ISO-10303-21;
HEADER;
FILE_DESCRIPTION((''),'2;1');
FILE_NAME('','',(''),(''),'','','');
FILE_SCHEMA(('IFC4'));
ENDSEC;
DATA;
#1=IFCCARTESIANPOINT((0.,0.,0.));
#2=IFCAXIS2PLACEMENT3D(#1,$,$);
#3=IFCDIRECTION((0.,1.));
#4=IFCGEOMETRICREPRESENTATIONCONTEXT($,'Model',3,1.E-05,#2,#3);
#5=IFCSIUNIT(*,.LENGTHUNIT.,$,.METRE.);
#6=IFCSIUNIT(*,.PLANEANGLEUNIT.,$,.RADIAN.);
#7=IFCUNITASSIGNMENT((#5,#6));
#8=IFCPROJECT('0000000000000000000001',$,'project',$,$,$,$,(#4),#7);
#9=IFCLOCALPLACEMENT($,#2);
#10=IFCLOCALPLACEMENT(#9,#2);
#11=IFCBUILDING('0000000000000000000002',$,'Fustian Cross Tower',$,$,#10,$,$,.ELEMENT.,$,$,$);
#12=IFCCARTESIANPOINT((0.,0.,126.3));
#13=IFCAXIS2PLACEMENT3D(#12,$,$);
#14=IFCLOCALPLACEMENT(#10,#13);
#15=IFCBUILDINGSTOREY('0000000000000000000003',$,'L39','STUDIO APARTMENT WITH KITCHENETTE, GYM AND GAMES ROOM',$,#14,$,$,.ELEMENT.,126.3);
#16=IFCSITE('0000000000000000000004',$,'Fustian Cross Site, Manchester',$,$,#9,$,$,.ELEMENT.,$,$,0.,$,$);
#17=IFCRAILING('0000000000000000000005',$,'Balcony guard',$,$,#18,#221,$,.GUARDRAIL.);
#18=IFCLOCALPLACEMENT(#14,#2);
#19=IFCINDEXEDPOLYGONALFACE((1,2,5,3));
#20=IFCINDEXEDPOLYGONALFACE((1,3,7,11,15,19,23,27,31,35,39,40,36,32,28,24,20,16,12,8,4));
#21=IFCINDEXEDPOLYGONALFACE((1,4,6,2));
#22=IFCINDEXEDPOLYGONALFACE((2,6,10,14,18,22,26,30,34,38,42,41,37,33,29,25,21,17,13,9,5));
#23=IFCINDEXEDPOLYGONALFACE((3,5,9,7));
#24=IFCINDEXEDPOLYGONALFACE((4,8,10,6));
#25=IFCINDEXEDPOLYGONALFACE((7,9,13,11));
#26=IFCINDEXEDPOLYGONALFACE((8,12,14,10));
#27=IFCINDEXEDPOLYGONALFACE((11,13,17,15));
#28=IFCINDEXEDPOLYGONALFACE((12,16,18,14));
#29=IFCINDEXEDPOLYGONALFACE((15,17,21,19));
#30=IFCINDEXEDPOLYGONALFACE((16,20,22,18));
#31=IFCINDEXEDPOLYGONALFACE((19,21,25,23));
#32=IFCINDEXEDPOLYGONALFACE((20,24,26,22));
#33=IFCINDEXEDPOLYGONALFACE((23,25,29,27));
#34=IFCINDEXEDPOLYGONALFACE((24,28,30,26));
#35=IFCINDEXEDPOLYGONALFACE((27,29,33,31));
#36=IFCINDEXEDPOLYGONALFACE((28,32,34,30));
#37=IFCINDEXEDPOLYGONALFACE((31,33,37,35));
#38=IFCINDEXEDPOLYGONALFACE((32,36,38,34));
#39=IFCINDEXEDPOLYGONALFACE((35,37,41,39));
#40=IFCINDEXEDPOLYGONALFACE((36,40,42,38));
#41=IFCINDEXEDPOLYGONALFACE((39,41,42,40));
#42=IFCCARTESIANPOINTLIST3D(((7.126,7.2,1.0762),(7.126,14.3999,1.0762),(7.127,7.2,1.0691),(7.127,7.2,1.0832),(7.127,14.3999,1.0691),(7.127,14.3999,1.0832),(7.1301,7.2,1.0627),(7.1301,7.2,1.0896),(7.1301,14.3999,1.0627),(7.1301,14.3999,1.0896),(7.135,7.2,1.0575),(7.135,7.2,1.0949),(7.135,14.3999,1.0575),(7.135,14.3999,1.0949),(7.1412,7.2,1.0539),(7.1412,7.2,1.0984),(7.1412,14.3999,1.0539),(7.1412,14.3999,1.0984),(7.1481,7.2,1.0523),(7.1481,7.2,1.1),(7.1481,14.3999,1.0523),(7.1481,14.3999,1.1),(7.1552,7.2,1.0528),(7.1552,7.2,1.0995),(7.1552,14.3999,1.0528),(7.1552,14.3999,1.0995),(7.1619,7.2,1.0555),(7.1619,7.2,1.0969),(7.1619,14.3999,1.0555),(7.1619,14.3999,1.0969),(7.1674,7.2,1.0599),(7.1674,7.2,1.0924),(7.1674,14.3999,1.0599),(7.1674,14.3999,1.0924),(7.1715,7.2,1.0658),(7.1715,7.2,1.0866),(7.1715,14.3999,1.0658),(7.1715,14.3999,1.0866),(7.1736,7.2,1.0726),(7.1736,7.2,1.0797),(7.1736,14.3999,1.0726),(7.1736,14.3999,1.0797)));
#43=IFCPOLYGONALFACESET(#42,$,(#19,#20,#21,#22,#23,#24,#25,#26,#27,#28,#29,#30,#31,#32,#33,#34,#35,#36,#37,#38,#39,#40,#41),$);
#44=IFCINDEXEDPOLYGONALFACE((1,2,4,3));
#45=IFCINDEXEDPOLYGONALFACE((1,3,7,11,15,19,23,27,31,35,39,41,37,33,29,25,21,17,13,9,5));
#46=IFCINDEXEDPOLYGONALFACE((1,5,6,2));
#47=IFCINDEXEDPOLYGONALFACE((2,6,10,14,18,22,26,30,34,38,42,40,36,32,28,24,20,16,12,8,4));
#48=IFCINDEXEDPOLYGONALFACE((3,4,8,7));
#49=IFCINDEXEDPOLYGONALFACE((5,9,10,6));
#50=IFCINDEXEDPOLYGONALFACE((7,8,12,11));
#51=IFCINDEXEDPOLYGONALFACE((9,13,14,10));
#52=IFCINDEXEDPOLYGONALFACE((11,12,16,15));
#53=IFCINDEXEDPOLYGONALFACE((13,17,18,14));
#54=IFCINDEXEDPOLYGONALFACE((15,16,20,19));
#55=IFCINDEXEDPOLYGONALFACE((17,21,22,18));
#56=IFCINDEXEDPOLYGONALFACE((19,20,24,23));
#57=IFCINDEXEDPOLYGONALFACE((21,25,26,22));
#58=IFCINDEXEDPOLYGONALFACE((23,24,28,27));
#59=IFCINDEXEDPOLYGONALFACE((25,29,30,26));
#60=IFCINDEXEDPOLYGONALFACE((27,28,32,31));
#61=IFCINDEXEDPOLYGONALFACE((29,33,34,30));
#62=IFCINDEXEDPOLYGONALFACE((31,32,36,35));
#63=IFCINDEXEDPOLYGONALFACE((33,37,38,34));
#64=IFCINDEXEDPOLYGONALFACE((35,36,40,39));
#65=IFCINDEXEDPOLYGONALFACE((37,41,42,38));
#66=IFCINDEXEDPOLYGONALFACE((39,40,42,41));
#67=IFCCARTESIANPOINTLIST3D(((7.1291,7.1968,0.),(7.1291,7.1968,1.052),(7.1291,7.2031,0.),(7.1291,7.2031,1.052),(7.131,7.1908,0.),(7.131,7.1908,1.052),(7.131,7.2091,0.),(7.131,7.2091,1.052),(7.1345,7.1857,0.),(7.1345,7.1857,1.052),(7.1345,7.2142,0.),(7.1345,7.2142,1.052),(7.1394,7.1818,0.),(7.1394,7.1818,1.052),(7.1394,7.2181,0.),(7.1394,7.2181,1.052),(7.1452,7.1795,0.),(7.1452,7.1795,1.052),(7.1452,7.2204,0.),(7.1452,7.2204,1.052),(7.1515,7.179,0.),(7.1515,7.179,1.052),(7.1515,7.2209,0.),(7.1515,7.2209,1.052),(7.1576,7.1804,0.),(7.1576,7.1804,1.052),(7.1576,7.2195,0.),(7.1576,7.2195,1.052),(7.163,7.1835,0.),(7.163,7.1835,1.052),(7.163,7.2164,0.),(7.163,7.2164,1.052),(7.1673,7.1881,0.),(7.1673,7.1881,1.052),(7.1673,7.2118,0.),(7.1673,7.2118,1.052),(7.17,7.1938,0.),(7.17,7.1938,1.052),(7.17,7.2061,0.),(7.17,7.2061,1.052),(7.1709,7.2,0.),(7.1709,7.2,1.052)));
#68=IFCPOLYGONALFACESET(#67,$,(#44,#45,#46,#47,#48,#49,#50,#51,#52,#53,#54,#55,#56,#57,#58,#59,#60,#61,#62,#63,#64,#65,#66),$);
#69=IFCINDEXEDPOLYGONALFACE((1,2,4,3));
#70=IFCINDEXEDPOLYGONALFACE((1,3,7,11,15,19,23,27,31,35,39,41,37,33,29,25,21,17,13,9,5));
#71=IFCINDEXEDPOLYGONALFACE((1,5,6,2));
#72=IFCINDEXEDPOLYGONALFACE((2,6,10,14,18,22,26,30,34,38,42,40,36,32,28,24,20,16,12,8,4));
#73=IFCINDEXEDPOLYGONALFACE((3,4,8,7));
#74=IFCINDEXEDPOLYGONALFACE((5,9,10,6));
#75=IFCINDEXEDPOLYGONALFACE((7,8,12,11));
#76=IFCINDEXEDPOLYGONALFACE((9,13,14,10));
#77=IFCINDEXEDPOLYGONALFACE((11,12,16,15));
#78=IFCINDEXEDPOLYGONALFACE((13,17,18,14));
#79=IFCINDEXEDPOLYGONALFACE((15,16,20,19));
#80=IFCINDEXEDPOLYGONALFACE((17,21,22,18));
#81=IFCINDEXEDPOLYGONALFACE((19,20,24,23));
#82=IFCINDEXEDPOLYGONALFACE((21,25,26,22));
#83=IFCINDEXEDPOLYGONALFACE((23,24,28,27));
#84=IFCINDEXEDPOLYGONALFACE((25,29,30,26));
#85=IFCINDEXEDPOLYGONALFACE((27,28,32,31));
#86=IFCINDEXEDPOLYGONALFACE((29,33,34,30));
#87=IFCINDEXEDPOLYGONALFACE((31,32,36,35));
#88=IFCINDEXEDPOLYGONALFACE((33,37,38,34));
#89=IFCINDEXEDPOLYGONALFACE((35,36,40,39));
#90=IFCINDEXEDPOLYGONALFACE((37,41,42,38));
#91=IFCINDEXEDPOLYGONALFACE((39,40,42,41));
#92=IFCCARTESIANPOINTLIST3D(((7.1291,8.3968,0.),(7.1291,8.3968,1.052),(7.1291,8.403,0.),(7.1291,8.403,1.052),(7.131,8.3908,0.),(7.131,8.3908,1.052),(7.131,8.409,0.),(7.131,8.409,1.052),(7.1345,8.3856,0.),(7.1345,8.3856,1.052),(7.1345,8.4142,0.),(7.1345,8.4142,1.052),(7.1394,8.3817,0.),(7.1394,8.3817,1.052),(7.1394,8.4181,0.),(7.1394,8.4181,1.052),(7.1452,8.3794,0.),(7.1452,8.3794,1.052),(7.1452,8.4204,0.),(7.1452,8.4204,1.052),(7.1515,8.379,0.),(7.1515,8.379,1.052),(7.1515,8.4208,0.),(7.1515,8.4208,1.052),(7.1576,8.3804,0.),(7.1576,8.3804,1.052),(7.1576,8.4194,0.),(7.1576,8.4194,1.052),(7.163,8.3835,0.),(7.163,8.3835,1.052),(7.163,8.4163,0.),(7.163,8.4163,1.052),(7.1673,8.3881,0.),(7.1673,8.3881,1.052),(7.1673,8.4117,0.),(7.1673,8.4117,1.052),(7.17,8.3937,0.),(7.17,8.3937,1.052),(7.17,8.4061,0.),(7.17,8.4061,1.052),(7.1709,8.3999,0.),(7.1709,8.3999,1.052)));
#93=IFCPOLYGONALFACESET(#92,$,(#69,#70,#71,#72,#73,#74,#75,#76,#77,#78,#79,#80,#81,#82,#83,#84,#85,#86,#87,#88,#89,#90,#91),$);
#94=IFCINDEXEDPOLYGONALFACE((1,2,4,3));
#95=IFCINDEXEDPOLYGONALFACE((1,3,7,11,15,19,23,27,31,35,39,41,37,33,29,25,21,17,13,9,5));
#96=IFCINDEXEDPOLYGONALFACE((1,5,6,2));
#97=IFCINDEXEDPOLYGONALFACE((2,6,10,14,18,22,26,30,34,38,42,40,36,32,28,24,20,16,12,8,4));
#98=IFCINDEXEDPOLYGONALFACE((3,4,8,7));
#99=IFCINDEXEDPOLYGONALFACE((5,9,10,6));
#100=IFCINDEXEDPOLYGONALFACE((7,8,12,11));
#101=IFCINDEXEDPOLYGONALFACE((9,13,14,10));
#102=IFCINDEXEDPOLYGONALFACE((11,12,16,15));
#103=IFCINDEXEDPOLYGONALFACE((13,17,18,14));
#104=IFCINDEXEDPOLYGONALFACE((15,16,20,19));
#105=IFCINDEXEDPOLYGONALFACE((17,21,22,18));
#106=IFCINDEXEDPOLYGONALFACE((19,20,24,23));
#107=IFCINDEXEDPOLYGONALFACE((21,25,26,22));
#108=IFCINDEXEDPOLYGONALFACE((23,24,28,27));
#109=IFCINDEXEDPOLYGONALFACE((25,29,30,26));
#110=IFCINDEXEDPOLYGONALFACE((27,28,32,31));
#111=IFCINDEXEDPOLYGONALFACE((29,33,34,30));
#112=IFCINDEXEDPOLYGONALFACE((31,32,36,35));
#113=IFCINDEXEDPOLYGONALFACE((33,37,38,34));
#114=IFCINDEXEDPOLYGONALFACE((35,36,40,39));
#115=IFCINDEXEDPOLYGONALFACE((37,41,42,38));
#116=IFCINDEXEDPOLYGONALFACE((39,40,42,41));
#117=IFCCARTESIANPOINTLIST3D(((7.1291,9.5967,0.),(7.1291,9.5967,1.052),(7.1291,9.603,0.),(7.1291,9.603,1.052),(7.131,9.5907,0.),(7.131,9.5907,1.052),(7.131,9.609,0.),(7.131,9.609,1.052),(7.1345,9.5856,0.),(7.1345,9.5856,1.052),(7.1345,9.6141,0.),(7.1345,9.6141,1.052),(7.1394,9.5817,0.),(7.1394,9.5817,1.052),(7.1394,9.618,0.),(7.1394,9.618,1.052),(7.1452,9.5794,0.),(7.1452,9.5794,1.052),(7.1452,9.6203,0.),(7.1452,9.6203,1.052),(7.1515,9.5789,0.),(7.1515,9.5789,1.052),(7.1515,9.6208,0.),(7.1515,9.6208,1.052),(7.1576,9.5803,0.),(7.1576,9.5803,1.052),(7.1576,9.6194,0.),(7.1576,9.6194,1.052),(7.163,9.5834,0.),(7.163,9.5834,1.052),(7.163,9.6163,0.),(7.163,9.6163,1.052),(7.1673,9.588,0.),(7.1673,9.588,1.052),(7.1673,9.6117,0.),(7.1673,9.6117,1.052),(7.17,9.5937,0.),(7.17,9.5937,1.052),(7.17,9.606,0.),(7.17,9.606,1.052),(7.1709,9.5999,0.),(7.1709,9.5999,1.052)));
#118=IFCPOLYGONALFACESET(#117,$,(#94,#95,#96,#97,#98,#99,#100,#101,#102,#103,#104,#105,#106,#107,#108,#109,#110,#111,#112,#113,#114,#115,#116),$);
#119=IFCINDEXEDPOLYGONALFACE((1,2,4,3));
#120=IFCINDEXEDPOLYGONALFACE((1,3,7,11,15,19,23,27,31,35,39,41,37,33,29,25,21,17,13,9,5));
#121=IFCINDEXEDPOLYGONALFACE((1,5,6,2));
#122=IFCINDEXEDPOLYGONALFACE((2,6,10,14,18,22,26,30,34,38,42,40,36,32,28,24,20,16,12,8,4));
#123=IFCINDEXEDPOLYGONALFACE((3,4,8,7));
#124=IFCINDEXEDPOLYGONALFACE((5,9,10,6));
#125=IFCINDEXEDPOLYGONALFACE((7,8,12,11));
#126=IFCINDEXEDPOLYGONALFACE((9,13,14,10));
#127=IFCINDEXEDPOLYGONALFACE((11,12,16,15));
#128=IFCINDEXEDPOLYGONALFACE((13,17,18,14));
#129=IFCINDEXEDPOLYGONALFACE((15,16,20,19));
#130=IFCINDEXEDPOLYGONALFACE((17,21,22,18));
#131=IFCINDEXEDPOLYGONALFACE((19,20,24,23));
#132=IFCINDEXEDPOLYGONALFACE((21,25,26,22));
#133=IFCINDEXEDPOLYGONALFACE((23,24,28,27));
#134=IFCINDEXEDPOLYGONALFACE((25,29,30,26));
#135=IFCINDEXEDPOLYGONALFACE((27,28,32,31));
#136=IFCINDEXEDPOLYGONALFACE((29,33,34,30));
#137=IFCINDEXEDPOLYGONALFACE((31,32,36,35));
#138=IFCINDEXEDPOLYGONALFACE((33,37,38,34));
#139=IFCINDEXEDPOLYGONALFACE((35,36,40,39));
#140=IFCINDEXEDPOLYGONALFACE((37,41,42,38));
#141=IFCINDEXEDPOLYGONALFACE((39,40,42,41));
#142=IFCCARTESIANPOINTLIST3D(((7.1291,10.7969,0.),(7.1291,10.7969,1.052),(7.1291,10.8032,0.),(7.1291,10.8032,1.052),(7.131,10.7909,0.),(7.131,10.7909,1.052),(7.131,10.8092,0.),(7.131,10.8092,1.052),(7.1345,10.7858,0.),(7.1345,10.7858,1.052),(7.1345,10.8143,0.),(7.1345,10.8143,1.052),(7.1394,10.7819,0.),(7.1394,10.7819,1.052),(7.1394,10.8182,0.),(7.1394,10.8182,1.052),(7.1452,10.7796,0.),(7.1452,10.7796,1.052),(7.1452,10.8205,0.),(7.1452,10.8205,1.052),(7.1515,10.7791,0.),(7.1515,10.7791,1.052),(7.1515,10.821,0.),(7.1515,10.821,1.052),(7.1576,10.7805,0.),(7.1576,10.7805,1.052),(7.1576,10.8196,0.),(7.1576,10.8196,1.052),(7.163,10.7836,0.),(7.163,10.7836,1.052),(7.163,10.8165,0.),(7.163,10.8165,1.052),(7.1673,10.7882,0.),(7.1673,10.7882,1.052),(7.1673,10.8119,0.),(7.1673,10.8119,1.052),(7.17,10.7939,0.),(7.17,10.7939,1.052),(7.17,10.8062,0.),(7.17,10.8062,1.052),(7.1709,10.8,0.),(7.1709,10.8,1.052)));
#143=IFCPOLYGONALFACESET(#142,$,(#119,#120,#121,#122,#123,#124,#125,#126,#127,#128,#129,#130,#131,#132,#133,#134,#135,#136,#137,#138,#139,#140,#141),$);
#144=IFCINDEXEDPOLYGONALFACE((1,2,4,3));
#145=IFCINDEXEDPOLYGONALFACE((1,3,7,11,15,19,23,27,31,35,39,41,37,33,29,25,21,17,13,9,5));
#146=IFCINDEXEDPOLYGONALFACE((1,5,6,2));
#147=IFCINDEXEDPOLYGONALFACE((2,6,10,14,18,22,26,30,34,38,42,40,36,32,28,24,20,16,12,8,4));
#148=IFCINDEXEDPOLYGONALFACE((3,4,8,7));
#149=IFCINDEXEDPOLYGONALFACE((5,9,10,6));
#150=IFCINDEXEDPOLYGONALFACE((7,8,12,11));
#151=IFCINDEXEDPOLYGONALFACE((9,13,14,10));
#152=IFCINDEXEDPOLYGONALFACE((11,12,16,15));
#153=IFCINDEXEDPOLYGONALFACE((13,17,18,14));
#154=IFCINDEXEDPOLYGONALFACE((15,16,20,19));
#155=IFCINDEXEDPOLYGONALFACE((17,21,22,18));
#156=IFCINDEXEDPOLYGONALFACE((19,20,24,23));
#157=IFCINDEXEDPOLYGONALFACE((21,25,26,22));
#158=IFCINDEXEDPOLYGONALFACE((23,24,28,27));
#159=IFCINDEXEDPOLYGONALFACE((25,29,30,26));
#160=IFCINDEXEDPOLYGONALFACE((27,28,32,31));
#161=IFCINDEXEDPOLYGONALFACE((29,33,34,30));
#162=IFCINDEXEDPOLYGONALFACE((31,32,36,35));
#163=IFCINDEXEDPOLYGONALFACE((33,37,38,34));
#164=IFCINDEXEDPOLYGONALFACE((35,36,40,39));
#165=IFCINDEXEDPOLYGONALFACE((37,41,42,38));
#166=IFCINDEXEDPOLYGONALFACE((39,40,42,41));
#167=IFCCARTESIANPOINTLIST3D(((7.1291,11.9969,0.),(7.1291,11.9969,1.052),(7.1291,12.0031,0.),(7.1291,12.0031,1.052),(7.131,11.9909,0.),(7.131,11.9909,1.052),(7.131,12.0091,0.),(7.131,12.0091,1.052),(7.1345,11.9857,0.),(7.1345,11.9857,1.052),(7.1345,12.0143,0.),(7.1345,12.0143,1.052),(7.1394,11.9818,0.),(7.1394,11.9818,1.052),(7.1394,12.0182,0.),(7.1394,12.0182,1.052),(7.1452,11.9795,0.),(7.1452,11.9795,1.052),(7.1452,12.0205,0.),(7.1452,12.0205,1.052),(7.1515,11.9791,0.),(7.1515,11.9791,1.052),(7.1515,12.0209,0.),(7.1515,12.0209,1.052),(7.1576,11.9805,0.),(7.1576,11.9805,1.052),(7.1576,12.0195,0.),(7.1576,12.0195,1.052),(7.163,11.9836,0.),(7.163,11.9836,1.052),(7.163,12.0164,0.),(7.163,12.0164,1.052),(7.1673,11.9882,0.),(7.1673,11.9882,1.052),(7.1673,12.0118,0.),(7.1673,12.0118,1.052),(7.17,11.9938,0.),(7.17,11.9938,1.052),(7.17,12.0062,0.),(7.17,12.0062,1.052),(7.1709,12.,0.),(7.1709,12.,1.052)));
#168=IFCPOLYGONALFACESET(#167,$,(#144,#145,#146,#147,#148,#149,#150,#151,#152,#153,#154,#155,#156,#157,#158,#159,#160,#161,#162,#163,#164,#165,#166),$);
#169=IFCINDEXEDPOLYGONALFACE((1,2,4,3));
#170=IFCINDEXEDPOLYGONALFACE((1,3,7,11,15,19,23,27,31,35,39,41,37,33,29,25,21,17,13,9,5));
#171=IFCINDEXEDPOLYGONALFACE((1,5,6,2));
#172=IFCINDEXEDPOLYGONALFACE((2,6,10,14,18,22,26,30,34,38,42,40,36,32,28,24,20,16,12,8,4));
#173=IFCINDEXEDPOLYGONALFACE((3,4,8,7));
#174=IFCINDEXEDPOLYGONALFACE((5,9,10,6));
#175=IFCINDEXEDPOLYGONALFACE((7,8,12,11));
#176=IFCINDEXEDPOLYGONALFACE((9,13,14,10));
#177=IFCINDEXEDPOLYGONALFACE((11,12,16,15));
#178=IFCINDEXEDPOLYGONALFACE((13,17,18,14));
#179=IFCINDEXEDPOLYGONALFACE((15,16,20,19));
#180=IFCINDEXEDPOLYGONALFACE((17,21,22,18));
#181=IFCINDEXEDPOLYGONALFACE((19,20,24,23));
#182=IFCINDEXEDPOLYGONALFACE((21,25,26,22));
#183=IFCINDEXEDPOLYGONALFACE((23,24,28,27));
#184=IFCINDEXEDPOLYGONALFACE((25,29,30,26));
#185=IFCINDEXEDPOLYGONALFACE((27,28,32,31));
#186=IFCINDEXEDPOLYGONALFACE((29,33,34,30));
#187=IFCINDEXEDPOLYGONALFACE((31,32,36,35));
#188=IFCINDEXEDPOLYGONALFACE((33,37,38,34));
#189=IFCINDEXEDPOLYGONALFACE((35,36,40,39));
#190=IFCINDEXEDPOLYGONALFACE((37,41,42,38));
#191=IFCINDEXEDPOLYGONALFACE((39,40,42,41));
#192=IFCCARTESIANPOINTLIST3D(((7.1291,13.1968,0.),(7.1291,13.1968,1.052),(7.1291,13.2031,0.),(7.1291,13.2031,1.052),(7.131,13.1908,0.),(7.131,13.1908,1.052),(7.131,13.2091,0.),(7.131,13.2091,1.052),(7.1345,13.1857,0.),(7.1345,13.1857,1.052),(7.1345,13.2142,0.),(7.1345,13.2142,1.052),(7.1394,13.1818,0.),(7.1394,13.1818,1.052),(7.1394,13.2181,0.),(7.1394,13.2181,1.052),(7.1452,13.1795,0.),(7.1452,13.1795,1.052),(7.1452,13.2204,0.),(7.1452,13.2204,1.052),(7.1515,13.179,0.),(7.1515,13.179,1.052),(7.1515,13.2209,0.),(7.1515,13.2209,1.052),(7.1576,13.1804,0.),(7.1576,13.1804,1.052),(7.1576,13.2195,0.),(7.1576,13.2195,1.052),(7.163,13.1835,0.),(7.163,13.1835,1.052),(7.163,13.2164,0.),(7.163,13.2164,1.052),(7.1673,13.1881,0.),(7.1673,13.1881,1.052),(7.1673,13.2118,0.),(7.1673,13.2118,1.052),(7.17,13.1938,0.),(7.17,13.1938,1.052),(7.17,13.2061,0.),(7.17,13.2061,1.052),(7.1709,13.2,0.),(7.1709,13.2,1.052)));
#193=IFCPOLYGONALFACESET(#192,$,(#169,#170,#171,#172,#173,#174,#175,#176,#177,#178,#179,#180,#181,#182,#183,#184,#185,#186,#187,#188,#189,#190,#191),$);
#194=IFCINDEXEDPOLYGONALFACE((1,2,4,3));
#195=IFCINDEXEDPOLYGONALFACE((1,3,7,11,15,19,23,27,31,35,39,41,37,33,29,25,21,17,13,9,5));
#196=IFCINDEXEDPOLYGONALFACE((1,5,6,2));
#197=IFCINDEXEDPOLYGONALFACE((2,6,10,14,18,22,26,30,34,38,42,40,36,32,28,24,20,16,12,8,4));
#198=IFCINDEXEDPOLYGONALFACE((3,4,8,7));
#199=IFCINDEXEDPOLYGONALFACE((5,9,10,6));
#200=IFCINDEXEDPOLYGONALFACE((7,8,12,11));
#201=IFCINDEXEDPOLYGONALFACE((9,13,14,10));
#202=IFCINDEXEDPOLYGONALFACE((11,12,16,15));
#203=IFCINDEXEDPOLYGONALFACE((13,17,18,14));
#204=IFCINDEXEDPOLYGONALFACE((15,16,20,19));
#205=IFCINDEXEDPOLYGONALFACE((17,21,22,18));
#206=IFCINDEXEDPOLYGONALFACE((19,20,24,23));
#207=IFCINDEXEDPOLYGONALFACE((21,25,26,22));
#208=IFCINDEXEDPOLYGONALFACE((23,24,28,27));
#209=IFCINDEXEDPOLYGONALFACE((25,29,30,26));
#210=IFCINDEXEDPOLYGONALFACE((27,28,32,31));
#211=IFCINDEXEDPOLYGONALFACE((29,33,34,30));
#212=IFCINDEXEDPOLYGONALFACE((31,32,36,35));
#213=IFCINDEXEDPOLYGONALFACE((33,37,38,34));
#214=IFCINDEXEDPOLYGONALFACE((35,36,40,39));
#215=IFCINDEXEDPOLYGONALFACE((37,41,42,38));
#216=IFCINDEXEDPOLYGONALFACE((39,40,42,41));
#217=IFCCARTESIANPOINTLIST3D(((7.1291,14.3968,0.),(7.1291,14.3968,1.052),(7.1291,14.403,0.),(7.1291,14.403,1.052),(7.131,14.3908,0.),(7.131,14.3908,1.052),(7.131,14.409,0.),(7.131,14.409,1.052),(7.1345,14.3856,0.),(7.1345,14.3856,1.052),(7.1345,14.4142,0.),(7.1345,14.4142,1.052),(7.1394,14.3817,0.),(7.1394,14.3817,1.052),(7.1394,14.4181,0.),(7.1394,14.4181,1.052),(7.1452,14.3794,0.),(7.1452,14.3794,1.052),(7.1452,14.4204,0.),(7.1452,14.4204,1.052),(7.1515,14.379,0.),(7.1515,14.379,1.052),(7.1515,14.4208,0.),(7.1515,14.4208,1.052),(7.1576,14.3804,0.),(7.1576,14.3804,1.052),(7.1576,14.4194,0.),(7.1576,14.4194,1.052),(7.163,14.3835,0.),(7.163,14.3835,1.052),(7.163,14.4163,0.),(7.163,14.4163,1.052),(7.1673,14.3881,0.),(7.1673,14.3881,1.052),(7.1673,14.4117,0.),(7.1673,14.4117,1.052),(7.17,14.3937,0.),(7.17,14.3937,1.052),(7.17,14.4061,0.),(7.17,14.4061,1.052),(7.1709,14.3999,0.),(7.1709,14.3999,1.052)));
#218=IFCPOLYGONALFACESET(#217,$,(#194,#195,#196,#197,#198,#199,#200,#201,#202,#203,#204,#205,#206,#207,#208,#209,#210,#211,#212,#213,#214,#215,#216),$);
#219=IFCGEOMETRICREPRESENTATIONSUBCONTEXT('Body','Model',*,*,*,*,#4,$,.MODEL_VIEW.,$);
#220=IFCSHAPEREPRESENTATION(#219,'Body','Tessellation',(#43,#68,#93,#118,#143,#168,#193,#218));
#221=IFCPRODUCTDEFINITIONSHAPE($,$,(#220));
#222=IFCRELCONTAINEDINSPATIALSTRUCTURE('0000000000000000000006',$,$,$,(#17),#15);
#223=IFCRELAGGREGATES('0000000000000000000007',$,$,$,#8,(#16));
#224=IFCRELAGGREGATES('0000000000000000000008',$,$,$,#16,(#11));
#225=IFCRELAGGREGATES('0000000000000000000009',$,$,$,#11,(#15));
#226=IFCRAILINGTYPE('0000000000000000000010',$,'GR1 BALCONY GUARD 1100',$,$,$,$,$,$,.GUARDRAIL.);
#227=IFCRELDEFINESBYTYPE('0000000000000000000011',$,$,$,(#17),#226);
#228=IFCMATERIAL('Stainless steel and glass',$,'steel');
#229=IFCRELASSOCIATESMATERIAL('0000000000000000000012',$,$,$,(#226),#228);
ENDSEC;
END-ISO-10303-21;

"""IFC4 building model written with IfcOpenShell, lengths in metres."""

from ifc_helpers import new_model, si_unit, direction, frame, origin, origin_2d, place, context, subcontext, project, spatial, circle, extrude, material, type_object, element, save


model = new_model("IFC4")

# Units and contexts
model_context = context("Model", 3, precision=1e-05, world=origin(), true_north=direction((0.0, 1.0)))
body_context = subcontext(model_context, "Body", "Model", "MODEL_VIEW")
ifc_project = project(units=[si_unit("LENGTHUNIT", "METRE"), si_unit("PLANEANGLEUNIT", "RADIAN")], contexts=[model_context])

# Site, building, storey
site_placement = place(None, origin())
site = spatial("IfcSite", under=ifc_project, at=site_placement, Name="Fustian Cross Site, Manchester", CompositionType="ELEMENT", RefElevation=0.0)
building_placement = place(site_placement, origin())
building = spatial("IfcBuilding", under=site, at=building_placement, Name="Fustian Cross Tower", CompositionType="ELEMENT")
storey_placement = place(building_placement, frame((0.0, 0.0, 126.3)))
storey = spatial("IfcBuildingStorey", under=building, at=storey_placement, Name="L39", Description="STUDIO APARTMENT WITH KITCHENETTE, GYM AND GAMES ROOM", CompositionType="ELEMENT", Elevation=126.3)

# Railing
ifc_material_1 = material(Name="Stainless steel and glass", Category="steel")
railing_type = type_object("IfcRailingType", Name="GR1 BALCONY GUARD 1100", PredefinedType="GUARDRAIL", material=ifc_material_1)
railing_placement = place(storey_placement, frame((7.1499, 7.2, 0.0)))
element("IfcRailing", 1, at=railing_placement, inside=storey, type_object=railing_type, Name="Balcony guard", PredefinedType="GUARDRAIL", context=body_context, shape_type="SweptSolid", body=[
    extrude(circle(Radius=0.0239, at=origin_2d()), frame((0.0, 0.0, 1.0762), z_axis=(0.0, 1.0, 0.0), x_axis=(-1.0, 0.0, 0.0)), (0.0, 0.0, 1.0), 7.2),
    extrude(circle(Radius=0.021, at=origin_2d()), origin(), (0.0, 0.0, 1.0), 1.052),
    extrude(circle(Radius=0.021, at=origin_2d()), frame((0.0, 1.2, 0.0)), (0.0, 0.0, 1.0), 1.052),
    extrude(circle(Radius=0.021, at=origin_2d()), frame((0.0, 2.3999, 0.0)), (0.0, 0.0, 1.0), 1.052),
    extrude(circle(Radius=0.021, at=origin_2d()), frame((0.0, 3.6001, 0.0)), (0.0, 0.0, 1.0), 1.052),
    extrude(circle(Radius=0.021, at=origin_2d()), frame((0.0, 4.8, 0.0)), (0.0, 0.0, 1.0), 1.052),
    extrude(circle(Radius=0.021, at=origin_2d()), frame((0.0, 6.0, 0.0)), (0.0, 0.0, 1.0), 1.052),
    extrude(circle(Radius=0.021, at=origin_2d()), frame((0.0, 7.2, 0.0)), (0.0, 0.0, 1.0), 1.052),
])

save(model, "model.ifc")
